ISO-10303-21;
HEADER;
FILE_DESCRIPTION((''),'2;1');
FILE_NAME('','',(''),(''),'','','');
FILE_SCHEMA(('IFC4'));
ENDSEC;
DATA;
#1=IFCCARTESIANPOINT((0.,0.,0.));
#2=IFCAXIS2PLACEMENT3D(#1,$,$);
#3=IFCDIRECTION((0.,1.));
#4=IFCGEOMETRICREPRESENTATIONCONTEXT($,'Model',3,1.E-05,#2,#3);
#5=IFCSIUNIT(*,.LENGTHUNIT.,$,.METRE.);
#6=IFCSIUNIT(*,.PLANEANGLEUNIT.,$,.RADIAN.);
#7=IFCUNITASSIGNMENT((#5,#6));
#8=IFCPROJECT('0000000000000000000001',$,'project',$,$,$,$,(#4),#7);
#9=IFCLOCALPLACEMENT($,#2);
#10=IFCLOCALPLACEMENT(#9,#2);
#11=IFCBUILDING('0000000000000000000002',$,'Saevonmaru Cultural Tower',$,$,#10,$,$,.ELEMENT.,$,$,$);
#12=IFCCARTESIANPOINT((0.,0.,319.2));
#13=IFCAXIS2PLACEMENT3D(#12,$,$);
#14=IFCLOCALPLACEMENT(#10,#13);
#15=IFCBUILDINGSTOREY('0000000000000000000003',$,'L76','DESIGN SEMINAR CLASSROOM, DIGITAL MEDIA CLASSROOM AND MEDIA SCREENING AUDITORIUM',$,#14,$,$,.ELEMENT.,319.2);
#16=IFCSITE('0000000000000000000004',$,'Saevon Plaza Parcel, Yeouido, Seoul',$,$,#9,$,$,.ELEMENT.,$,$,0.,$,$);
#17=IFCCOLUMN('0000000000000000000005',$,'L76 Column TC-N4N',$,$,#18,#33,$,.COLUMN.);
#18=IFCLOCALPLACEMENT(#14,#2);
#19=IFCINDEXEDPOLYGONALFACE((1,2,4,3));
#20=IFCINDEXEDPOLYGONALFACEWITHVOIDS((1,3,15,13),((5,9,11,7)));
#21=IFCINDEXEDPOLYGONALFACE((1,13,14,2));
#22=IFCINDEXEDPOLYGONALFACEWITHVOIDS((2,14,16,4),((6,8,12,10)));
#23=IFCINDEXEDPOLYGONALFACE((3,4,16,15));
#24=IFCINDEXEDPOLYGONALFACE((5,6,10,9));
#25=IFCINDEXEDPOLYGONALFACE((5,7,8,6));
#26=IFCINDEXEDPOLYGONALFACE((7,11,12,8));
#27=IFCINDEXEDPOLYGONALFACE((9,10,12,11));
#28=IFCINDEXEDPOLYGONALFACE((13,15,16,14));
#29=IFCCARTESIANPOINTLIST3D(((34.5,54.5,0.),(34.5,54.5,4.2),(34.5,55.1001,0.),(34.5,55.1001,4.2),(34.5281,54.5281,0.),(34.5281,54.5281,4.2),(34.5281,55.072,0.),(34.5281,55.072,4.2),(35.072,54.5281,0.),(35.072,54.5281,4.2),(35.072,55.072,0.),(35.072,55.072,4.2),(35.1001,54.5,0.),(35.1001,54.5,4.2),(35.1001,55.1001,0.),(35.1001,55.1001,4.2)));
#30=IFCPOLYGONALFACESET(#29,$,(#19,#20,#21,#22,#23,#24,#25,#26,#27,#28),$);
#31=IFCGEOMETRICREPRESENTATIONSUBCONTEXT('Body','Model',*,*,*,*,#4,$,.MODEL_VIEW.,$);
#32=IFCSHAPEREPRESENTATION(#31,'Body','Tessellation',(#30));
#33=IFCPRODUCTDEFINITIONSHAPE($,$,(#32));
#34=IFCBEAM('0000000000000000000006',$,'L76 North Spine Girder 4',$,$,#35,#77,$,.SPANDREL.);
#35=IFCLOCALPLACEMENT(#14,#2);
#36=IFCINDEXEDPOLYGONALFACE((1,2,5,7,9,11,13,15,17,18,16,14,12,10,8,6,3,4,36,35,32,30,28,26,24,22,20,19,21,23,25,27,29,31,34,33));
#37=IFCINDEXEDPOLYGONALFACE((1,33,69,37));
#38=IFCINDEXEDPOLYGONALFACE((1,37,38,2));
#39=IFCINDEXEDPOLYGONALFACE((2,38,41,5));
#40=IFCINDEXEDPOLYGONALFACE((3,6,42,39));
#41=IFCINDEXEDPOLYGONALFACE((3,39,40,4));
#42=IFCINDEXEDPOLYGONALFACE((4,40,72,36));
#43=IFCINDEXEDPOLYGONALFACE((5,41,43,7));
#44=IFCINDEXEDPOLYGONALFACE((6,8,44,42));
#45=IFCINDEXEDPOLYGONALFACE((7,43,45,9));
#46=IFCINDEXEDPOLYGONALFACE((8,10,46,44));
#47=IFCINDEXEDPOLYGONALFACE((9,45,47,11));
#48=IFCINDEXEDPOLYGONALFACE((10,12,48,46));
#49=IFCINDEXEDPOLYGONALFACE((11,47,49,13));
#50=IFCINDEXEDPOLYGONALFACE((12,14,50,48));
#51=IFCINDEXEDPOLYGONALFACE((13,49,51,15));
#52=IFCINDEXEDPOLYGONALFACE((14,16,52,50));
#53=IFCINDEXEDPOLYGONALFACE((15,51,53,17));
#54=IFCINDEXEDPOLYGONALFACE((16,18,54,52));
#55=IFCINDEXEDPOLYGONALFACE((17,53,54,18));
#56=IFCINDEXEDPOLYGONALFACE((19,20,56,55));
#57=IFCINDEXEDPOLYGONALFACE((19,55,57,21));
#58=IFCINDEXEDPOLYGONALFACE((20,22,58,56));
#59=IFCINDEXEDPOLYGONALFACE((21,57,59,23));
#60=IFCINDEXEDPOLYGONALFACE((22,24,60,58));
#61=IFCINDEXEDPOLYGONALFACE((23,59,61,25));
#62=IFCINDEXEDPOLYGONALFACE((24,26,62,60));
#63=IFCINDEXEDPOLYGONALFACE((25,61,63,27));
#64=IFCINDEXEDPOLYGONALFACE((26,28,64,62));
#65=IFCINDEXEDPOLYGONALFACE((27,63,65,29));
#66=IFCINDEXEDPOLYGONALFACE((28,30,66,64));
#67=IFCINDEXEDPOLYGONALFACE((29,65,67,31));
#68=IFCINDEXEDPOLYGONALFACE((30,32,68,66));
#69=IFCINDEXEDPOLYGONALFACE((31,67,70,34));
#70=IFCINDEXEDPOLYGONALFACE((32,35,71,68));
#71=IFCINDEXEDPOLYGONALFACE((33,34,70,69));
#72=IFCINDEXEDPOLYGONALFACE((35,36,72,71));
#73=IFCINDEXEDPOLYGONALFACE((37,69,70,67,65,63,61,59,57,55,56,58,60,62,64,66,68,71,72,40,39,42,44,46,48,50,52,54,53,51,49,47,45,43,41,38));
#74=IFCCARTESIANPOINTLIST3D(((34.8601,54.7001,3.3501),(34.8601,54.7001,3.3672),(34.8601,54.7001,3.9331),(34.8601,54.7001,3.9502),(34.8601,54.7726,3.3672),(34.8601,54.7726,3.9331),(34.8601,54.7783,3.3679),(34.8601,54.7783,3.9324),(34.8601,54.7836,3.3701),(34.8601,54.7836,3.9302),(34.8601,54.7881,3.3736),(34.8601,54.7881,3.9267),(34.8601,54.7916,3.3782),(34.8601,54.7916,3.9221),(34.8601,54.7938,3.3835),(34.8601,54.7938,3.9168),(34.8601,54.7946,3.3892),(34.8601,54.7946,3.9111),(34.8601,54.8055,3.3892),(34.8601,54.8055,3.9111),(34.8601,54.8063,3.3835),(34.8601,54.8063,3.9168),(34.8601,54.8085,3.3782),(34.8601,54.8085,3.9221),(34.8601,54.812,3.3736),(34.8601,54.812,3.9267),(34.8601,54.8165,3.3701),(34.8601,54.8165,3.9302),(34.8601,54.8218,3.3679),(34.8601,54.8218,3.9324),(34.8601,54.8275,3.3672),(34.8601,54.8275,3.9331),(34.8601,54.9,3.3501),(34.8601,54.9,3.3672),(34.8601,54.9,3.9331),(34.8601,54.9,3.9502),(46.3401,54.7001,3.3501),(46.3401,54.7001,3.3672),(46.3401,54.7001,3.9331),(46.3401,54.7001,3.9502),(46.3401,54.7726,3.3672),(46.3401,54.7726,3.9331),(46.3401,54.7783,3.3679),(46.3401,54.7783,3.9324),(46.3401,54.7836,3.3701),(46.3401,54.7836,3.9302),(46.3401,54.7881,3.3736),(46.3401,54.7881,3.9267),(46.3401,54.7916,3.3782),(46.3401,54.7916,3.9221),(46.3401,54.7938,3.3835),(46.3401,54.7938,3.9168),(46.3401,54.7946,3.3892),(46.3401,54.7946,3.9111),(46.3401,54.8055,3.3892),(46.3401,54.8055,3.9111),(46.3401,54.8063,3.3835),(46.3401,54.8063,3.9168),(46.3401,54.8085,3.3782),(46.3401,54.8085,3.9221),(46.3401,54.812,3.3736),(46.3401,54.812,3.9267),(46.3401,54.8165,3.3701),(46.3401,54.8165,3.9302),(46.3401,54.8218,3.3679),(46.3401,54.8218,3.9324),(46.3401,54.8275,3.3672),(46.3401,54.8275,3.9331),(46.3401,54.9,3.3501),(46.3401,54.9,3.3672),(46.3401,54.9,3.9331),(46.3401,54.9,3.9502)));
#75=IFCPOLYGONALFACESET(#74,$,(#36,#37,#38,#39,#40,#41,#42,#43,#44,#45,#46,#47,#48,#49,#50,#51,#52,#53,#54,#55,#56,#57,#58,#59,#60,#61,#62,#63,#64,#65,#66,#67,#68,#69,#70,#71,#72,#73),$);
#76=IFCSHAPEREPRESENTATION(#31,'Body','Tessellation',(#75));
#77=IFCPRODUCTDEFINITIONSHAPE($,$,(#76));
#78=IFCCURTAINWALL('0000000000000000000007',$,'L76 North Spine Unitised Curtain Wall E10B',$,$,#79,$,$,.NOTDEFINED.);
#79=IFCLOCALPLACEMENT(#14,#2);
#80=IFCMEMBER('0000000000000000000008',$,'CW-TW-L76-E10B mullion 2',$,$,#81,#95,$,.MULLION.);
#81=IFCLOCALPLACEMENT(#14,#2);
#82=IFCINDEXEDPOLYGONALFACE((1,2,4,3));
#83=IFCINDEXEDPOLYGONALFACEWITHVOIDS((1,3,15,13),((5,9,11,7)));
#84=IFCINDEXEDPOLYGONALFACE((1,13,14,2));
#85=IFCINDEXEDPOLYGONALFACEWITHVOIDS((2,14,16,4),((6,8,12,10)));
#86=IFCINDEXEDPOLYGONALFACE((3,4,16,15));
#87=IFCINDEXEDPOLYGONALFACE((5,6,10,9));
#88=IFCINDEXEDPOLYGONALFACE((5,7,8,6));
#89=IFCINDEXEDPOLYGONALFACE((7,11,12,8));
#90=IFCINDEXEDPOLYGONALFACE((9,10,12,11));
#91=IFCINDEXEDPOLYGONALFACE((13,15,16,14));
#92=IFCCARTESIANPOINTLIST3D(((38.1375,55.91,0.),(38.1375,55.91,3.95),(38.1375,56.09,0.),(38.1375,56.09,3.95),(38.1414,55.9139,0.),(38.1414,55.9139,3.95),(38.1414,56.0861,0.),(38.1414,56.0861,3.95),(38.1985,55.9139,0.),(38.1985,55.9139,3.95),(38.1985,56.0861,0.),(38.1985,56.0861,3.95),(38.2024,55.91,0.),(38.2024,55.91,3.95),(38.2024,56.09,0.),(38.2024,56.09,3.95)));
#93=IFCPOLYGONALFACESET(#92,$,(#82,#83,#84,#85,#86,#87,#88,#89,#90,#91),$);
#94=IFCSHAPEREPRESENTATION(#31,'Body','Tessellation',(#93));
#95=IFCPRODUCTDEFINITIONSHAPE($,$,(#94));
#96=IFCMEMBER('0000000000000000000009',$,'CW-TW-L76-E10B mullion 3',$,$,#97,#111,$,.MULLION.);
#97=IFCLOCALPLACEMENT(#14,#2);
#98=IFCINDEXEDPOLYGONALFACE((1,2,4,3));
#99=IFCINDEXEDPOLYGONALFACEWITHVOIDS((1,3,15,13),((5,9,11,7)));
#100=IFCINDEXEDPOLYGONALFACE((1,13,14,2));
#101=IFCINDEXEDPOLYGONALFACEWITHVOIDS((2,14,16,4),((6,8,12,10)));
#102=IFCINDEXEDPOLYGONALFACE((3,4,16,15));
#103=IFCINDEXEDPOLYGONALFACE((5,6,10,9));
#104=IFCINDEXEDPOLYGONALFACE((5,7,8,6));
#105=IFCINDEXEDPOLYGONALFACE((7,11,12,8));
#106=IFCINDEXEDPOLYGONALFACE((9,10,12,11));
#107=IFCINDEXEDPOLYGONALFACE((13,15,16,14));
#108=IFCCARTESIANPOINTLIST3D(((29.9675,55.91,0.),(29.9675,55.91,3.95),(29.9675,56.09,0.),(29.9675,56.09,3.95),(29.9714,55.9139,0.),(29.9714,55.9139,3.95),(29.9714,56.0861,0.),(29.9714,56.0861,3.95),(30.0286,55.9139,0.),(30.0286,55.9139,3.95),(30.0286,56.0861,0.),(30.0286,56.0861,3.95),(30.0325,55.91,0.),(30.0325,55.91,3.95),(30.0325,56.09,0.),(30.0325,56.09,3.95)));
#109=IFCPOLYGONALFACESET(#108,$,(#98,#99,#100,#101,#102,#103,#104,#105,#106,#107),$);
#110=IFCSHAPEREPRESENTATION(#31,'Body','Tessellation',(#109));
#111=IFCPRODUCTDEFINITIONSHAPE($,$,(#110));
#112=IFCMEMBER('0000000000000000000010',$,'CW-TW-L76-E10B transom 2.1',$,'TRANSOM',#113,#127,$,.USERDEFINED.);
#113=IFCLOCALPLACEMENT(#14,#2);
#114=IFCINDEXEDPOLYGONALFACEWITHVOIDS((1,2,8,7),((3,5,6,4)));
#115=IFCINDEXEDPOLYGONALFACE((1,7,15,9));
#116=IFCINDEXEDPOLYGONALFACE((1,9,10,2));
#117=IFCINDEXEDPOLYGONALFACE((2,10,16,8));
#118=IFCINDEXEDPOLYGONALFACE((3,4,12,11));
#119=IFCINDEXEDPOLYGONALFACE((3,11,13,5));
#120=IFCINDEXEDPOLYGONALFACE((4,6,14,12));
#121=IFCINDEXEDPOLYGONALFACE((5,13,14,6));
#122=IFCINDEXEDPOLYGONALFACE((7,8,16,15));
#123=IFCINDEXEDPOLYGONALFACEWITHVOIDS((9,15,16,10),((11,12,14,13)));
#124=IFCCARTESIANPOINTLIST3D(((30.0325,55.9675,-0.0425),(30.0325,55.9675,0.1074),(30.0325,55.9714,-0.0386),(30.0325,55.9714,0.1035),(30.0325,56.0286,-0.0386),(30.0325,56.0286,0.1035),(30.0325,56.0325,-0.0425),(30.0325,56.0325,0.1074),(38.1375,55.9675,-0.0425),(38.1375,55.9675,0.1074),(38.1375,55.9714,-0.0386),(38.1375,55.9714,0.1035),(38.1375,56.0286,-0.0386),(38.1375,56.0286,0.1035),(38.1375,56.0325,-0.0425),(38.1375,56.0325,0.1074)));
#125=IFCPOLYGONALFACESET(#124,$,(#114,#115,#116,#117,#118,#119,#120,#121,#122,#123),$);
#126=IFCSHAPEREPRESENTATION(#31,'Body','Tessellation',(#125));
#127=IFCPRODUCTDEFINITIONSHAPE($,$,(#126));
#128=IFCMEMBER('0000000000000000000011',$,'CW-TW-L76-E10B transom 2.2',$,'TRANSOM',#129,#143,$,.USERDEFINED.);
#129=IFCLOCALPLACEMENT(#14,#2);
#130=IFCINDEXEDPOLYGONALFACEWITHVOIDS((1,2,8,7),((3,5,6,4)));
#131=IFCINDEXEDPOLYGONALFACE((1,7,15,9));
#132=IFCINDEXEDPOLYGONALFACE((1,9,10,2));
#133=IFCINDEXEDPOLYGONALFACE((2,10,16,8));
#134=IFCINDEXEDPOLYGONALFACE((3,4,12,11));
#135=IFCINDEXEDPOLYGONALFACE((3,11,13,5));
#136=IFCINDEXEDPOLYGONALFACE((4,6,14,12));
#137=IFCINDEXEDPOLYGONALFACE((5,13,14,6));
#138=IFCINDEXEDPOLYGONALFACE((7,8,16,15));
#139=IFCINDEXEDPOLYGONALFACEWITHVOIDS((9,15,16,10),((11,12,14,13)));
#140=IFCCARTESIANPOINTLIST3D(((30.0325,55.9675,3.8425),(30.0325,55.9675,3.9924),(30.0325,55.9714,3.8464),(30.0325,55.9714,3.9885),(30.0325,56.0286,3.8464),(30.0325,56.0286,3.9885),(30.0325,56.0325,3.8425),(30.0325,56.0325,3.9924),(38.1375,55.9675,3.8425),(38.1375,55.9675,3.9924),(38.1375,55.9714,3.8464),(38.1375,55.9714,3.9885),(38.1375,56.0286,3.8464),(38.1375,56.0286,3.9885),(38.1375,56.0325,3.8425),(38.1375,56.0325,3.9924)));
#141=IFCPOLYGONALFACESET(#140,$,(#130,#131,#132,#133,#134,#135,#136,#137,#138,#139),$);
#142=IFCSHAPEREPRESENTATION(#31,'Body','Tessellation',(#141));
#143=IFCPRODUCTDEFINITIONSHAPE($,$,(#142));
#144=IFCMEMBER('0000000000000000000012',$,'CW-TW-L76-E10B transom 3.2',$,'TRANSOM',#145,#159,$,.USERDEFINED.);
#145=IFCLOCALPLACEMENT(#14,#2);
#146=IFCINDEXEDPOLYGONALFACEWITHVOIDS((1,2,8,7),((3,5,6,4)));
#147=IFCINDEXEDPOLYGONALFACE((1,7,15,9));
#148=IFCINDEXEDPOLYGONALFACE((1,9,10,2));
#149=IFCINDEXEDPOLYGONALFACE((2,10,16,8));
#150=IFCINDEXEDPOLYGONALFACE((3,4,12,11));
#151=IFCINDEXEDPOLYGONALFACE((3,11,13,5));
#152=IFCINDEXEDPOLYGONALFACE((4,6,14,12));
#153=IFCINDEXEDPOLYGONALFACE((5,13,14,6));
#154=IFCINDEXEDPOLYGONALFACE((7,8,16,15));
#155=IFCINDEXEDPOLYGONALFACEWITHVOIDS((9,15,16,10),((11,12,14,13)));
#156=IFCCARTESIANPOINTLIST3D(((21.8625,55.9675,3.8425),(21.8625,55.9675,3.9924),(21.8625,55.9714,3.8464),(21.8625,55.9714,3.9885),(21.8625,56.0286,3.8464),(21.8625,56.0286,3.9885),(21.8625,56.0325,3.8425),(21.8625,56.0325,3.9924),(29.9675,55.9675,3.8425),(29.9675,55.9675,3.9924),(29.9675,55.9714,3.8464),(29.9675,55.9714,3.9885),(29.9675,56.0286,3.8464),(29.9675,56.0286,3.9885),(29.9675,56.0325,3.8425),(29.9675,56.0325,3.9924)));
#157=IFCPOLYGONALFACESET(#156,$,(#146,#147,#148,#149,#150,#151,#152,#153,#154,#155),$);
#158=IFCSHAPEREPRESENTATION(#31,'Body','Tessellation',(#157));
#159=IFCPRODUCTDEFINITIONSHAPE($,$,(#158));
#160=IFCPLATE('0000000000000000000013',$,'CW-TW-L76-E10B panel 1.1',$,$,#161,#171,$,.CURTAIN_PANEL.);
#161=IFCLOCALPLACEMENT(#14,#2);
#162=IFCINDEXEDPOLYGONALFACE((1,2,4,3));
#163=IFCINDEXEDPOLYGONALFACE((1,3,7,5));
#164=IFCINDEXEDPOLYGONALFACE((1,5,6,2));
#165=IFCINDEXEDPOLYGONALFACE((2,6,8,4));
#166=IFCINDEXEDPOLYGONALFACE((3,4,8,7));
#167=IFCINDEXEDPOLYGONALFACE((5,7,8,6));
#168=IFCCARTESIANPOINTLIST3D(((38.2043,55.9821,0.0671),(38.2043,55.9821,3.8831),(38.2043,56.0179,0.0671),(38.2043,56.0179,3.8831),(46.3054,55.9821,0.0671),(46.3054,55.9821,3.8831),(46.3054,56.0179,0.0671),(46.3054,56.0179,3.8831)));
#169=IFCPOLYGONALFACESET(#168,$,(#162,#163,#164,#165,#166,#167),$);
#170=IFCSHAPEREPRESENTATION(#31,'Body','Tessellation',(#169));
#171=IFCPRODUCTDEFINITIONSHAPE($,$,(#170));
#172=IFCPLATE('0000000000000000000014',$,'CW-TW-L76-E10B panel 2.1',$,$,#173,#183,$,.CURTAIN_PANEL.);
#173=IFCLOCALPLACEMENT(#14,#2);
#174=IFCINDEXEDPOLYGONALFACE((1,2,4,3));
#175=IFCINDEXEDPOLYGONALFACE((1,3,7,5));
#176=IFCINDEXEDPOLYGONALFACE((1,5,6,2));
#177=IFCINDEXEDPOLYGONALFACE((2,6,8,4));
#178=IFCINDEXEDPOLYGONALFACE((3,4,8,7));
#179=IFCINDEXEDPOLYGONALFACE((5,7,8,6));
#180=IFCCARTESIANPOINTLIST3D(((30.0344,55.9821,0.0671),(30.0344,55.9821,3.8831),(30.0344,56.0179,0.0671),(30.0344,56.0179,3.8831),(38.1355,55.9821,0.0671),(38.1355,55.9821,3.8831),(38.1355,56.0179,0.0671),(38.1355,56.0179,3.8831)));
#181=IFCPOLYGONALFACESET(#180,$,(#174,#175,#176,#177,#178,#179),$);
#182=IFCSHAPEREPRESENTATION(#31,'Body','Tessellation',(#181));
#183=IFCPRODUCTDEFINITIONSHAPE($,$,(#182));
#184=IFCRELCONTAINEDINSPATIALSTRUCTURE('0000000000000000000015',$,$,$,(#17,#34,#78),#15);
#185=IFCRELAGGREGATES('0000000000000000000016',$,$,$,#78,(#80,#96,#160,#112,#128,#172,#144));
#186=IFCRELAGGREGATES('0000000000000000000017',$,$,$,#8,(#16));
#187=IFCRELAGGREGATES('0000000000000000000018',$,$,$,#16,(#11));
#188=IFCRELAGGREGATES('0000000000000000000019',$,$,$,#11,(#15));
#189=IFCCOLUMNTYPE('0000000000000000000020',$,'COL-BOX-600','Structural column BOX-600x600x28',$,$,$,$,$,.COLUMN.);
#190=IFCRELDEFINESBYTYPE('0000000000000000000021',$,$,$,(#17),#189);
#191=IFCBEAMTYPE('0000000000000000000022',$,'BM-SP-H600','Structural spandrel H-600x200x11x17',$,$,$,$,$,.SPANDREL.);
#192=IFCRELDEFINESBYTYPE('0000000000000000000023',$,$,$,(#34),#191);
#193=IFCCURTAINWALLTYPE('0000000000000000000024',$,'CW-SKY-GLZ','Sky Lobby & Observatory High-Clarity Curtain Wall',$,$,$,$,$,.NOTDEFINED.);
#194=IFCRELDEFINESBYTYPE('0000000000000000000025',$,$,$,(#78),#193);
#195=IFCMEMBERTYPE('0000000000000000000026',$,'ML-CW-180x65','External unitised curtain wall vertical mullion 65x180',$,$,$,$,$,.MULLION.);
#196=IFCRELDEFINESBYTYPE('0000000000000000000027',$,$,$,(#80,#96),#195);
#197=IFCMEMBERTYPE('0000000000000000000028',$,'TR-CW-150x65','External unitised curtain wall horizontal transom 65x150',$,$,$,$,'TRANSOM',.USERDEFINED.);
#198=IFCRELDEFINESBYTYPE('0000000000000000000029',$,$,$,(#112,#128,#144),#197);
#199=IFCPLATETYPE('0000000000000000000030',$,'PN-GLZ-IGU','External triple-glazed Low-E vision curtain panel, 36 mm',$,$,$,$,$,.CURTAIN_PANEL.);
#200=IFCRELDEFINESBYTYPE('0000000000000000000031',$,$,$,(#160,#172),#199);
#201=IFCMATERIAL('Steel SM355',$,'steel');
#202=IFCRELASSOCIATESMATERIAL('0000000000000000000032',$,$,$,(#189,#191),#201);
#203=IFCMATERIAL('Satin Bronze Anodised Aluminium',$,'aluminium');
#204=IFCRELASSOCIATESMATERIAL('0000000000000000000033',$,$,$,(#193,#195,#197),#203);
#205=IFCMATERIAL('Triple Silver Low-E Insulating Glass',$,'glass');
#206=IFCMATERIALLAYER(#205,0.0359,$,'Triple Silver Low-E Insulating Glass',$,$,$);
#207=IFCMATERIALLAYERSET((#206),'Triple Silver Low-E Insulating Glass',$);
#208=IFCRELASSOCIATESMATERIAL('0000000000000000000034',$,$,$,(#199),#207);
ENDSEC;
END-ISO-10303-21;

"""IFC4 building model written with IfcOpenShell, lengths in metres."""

from ifc_helpers import new_model, si_unit, direction, frame, origin, origin_2d, place, context, subcontext, project, spatial, rectangle, hollow_rectangle, i_section, extrude, material, layer, layer_set, material_profile, profile_set, type_object, element, aggregate, save


model = new_model("IFC4")

# Units and contexts
model_context = context("Model", 3, precision=1e-05, world=origin(), true_north=direction((0.0, 1.0)))
body_context = subcontext(model_context, "Body", "Model", "MODEL_VIEW")
ifc_project = project(units=[si_unit("LENGTHUNIT", "METRE"), si_unit("PLANEANGLEUNIT", "RADIAN")], contexts=[model_context])

# Site, building, storey
site_placement = place(None, origin())
site = spatial("IfcSite", under=ifc_project, at=site_placement, Name="Saevon Plaza Parcel, Yeouido, Seoul", CompositionType="ELEMENT", RefElevation=0.0)
building_placement = place(site_placement, origin())
building = spatial("IfcBuilding", under=site, at=building_placement, Name="Saevonmaru Cultural Tower", CompositionType="ELEMENT")
storey_placement = place(building_placement, frame((0.0, 0.0, 319.2)))
storey = spatial("IfcBuildingStorey", under=building, at=storey_placement, Name="L76", Description="DESIGN SEMINAR CLASSROOM, DIGITAL MEDIA CLASSROOM AND MEDIA SCREENING AUDITORIUM", CompositionType="ELEMENT", Elevation=319.2)

# Column
ifc_material_1 = material(Name="Steel SM355", Category="steel")
ifc_material_profile_1 = material_profile(ifc_material_1, hollow_rectangle(XDim=0.6001, YDim=0.6001, WallThickness=0.0281, at=origin_2d()), Name="BOX-600x600x28")
ifc_profile_set_1 = profile_set([ifc_material_profile_1], Name="Steel SM355")
column_type = type_object("IfcColumnType", Name="COL-BOX-600", Description="Structural column BOX-600x600x28", PredefinedType="COLUMN", material=ifc_profile_set_1)
column_placement = place(storey_placement, frame((34.8, 54.8, 0.0), z_axis=(0.0, 0.0, 1.0), x_axis=(1.0, 0.0, 0.0)))
element("IfcColumn", 1, at=column_placement, inside=storey, type_object=column_type, Name="L76 Column TC-N4N", PredefinedType="COLUMN", context=body_context, shape_type="SweptSolid", body=[
    extrude(hollow_rectangle(XDim=0.6001, YDim=0.6001, WallThickness=0.0281, at=origin_2d()), origin(), (0.0, 0.0, 1.0), 4.2),
])

# Beam
ifc_material_profile_2 = material_profile(ifc_material_1, i_section(OverallWidth=0.2, OverallDepth=0.6001, WebThickness=0.011, FlangeThickness=0.0171, FilletRadius=0.022, at=origin_2d()), Name="H-600x200x11x17")
ifc_profile_set_2 = profile_set([ifc_material_profile_2], Name="Steel SM355")
beam_type = type_object("IfcBeamType", Name="BM-SP-H600", Description="Structural spandrel H-600x200x11x17", PredefinedType="SPANDREL", material=ifc_profile_set_2)
beam_placement = place(storey_placement, frame((34.8601, 54.8, 3.6501), z_axis=(1.0, 0.0, 0.0), x_axis=(0.0, 1.0, 0.0)))
element("IfcBeam", 2, at=beam_placement, inside=storey, type_object=beam_type, Name="L76 North Spine Girder 4", PredefinedType="SPANDREL", context=body_context, shape_type="SweptSolid", body=[
    extrude(i_section(OverallWidth=0.2, OverallDepth=0.6001, WebThickness=0.011, FlangeThickness=0.0171, FilletRadius=0.022, at=origin_2d()), origin(), (0.0, 0.0, 1.0), 11.48),
])

# Curtain wall, members, plates
ifc_material_2 = material(Name="Satin Bronze Anodised Aluminium", Category="aluminium")
curtain_wall_type = type_object("IfcCurtainWallType", Name="CW-SKY-GLZ", Description="Sky Lobby & Observatory High-Clarity Curtain Wall", PredefinedType="NOTDEFINED", material=ifc_material_2)
curtain_wall_placement = place(storey_placement, origin())
curtain_wall = element("IfcCurtainWall", 3, at=curtain_wall_placement, inside=storey, type_object=curtain_wall_type, Name="L76 North Spine Unitised Curtain Wall E10B", PredefinedType="NOTDEFINED")
ifc_material_profile_3 = material_profile(ifc_material_2, hollow_rectangle(XDim=0.0649, YDim=0.1799, WallThickness=0.0039, at=origin_2d()), Name="ALU-MULL-180x65x4")
ifc_profile_set_3 = profile_set([ifc_material_profile_3], Name="Satin Bronze Anodised Aluminium")
member_type_1 = type_object("IfcMemberType", Name="ML-CW-180x65", Description="External unitised curtain wall vertical mullion 65x180", PredefinedType="MULLION", material=ifc_profile_set_3)
member_1_placement = place(storey_placement, frame((38.1699, 56.0, 0.0), z_axis=(0.0, 0.0, 1.0), x_axis=(-1.0, 0.0, 0.0)))
member_1 = element("IfcMember", 4, at=member_1_placement, type_object=member_type_1, Name="CW-TW-L76-E10B mullion 2", PredefinedType="MULLION", context=body_context, shape_type="SweptSolid", body=[
    extrude(hollow_rectangle(XDim=0.0649, YDim=0.1799, WallThickness=0.0039, at=origin_2d()), origin(), (0.0, 0.0, 1.0), 3.95),
])
member_2_placement = place(storey_placement, frame((30.0, 56.0, 0.0), z_axis=(0.0, 0.0, 1.0), x_axis=(-1.0, 0.0, 0.0)))
member_2 = element("IfcMember", 5, at=member_2_placement, type_object=member_type_1, Name="CW-TW-L76-E10B mullion 3", PredefinedType="MULLION", context=body_context, shape_type="SweptSolid", body=[
    extrude(hollow_rectangle(XDim=0.0649, YDim=0.1799, WallThickness=0.0039, at=origin_2d()), origin(), (0.0, 0.0, 1.0), 3.95),
])
ifc_material_profile_4 = material_profile(ifc_material_2, hollow_rectangle(XDim=0.0649, YDim=0.1499, WallThickness=0.0039, at=origin_2d()), Name="ALU-TRAN-150x65x4")
ifc_profile_set_4 = profile_set([ifc_material_profile_4], Name="Satin Bronze Anodised Aluminium")
member_type_2 = type_object("IfcMemberType", Name="TR-CW-150x65", Description="External unitised curtain wall horizontal transom 65x150", ElementType="TRANSOM", PredefinedType="USERDEFINED", material=ifc_profile_set_4)
member_3_placement = place(storey_placement, frame((38.1375, 56.0, 0.0325), z_axis=(-1.0, 0.0, 0.0), x_axis=(0.0, -1.0, 0.0)))
member_3 = element("IfcMember", 6, at=member_3_placement, type_object=member_type_2, Name="CW-TW-L76-E10B transom 2.1", ObjectType="TRANSOM", PredefinedType="USERDEFINED", context=body_context, shape_type="SweptSolid", body=[
    extrude(hollow_rectangle(XDim=0.0649, YDim=0.1499, WallThickness=0.0039, at=origin_2d()), origin(), (0.0, 0.0, 1.0), 8.105),
])
member_4_placement = place(storey_placement, frame((38.1375, 56.0, 3.9175), z_axis=(-1.0, 0.0, 0.0), x_axis=(0.0, -1.0, 0.0)))
member_4 = element("IfcMember", 7, at=member_4_placement, type_object=member_type_2, Name="CW-TW-L76-E10B transom 2.2", ObjectType="TRANSOM", PredefinedType="USERDEFINED", context=body_context, shape_type="SweptSolid", body=[
    extrude(hollow_rectangle(XDim=0.0649, YDim=0.1499, WallThickness=0.0039, at=origin_2d()), origin(), (0.0, 0.0, 1.0), 8.105),
])
member_5_placement = place(storey_placement, frame((29.9675, 56.0, 3.9175), z_axis=(-1.0, 0.0, 0.0), x_axis=(0.0, -1.0, 0.0)))
member_5 = element("IfcMember", 8, at=member_5_placement, type_object=member_type_2, Name="CW-TW-L76-E10B transom 3.2", ObjectType="TRANSOM", PredefinedType="USERDEFINED", context=body_context, shape_type="SweptSolid", body=[
    extrude(hollow_rectangle(XDim=0.0649, YDim=0.1499, WallThickness=0.0039, at=origin_2d()), origin(), (0.0, 0.0, 1.0), 8.105),
])
ifc_material_3 = material(Name="Triple Silver Low-E Insulating Glass", Category="glass")
ifc_layer_1 = layer(ifc_material_3, 0.0359, Name="Triple Silver Low-E Insulating Glass")
ifc_layer_set_1 = layer_set([ifc_layer_1], Name="Triple Silver Low-E Insulating Glass")
plate_type = type_object("IfcPlateType", Name="PN-GLZ-IGU", Description="External triple-glazed Low-E vision curtain panel, 36 mm", PredefinedType="CURTAIN_PANEL", material=ifc_layer_set_1)
plate_1_placement = place(storey_placement, frame((42.2549, 56.0, 0.0671), z_axis=(0.0, 0.0, 1.0), x_axis=(-1.0, 0.0, 0.0)))
plate_1 = element("IfcPlate", 9, at=plate_1_placement, type_object=plate_type, Name="CW-TW-L76-E10B panel 1.1", PredefinedType="CURTAIN_PANEL", context=body_context, shape_type="SweptSolid", body=[
    extrude(rectangle(XDim=8.1011, YDim=0.0359, at=origin_2d()), origin(), (0.0, 0.0, 1.0), 3.8159),
])
plate_2_placement = place(storey_placement, frame((34.085, 56.0, 0.0671), z_axis=(0.0, 0.0, 1.0), x_axis=(-1.0, 0.0, 0.0)))
plate_2 = element("IfcPlate", 10, at=plate_2_placement, type_object=plate_type, Name="CW-TW-L76-E10B panel 2.1", PredefinedType="CURTAIN_PANEL", context=body_context, shape_type="SweptSolid", body=[
    extrude(rectangle(XDim=8.1011, YDim=0.0359, at=origin_2d()), origin(), (0.0, 0.0, 1.0), 3.8159),
])
aggregate(curtain_wall, [member_1, member_2, plate_1, member_3, member_4, plate_2, member_5])

save(model, "model.ifc")
